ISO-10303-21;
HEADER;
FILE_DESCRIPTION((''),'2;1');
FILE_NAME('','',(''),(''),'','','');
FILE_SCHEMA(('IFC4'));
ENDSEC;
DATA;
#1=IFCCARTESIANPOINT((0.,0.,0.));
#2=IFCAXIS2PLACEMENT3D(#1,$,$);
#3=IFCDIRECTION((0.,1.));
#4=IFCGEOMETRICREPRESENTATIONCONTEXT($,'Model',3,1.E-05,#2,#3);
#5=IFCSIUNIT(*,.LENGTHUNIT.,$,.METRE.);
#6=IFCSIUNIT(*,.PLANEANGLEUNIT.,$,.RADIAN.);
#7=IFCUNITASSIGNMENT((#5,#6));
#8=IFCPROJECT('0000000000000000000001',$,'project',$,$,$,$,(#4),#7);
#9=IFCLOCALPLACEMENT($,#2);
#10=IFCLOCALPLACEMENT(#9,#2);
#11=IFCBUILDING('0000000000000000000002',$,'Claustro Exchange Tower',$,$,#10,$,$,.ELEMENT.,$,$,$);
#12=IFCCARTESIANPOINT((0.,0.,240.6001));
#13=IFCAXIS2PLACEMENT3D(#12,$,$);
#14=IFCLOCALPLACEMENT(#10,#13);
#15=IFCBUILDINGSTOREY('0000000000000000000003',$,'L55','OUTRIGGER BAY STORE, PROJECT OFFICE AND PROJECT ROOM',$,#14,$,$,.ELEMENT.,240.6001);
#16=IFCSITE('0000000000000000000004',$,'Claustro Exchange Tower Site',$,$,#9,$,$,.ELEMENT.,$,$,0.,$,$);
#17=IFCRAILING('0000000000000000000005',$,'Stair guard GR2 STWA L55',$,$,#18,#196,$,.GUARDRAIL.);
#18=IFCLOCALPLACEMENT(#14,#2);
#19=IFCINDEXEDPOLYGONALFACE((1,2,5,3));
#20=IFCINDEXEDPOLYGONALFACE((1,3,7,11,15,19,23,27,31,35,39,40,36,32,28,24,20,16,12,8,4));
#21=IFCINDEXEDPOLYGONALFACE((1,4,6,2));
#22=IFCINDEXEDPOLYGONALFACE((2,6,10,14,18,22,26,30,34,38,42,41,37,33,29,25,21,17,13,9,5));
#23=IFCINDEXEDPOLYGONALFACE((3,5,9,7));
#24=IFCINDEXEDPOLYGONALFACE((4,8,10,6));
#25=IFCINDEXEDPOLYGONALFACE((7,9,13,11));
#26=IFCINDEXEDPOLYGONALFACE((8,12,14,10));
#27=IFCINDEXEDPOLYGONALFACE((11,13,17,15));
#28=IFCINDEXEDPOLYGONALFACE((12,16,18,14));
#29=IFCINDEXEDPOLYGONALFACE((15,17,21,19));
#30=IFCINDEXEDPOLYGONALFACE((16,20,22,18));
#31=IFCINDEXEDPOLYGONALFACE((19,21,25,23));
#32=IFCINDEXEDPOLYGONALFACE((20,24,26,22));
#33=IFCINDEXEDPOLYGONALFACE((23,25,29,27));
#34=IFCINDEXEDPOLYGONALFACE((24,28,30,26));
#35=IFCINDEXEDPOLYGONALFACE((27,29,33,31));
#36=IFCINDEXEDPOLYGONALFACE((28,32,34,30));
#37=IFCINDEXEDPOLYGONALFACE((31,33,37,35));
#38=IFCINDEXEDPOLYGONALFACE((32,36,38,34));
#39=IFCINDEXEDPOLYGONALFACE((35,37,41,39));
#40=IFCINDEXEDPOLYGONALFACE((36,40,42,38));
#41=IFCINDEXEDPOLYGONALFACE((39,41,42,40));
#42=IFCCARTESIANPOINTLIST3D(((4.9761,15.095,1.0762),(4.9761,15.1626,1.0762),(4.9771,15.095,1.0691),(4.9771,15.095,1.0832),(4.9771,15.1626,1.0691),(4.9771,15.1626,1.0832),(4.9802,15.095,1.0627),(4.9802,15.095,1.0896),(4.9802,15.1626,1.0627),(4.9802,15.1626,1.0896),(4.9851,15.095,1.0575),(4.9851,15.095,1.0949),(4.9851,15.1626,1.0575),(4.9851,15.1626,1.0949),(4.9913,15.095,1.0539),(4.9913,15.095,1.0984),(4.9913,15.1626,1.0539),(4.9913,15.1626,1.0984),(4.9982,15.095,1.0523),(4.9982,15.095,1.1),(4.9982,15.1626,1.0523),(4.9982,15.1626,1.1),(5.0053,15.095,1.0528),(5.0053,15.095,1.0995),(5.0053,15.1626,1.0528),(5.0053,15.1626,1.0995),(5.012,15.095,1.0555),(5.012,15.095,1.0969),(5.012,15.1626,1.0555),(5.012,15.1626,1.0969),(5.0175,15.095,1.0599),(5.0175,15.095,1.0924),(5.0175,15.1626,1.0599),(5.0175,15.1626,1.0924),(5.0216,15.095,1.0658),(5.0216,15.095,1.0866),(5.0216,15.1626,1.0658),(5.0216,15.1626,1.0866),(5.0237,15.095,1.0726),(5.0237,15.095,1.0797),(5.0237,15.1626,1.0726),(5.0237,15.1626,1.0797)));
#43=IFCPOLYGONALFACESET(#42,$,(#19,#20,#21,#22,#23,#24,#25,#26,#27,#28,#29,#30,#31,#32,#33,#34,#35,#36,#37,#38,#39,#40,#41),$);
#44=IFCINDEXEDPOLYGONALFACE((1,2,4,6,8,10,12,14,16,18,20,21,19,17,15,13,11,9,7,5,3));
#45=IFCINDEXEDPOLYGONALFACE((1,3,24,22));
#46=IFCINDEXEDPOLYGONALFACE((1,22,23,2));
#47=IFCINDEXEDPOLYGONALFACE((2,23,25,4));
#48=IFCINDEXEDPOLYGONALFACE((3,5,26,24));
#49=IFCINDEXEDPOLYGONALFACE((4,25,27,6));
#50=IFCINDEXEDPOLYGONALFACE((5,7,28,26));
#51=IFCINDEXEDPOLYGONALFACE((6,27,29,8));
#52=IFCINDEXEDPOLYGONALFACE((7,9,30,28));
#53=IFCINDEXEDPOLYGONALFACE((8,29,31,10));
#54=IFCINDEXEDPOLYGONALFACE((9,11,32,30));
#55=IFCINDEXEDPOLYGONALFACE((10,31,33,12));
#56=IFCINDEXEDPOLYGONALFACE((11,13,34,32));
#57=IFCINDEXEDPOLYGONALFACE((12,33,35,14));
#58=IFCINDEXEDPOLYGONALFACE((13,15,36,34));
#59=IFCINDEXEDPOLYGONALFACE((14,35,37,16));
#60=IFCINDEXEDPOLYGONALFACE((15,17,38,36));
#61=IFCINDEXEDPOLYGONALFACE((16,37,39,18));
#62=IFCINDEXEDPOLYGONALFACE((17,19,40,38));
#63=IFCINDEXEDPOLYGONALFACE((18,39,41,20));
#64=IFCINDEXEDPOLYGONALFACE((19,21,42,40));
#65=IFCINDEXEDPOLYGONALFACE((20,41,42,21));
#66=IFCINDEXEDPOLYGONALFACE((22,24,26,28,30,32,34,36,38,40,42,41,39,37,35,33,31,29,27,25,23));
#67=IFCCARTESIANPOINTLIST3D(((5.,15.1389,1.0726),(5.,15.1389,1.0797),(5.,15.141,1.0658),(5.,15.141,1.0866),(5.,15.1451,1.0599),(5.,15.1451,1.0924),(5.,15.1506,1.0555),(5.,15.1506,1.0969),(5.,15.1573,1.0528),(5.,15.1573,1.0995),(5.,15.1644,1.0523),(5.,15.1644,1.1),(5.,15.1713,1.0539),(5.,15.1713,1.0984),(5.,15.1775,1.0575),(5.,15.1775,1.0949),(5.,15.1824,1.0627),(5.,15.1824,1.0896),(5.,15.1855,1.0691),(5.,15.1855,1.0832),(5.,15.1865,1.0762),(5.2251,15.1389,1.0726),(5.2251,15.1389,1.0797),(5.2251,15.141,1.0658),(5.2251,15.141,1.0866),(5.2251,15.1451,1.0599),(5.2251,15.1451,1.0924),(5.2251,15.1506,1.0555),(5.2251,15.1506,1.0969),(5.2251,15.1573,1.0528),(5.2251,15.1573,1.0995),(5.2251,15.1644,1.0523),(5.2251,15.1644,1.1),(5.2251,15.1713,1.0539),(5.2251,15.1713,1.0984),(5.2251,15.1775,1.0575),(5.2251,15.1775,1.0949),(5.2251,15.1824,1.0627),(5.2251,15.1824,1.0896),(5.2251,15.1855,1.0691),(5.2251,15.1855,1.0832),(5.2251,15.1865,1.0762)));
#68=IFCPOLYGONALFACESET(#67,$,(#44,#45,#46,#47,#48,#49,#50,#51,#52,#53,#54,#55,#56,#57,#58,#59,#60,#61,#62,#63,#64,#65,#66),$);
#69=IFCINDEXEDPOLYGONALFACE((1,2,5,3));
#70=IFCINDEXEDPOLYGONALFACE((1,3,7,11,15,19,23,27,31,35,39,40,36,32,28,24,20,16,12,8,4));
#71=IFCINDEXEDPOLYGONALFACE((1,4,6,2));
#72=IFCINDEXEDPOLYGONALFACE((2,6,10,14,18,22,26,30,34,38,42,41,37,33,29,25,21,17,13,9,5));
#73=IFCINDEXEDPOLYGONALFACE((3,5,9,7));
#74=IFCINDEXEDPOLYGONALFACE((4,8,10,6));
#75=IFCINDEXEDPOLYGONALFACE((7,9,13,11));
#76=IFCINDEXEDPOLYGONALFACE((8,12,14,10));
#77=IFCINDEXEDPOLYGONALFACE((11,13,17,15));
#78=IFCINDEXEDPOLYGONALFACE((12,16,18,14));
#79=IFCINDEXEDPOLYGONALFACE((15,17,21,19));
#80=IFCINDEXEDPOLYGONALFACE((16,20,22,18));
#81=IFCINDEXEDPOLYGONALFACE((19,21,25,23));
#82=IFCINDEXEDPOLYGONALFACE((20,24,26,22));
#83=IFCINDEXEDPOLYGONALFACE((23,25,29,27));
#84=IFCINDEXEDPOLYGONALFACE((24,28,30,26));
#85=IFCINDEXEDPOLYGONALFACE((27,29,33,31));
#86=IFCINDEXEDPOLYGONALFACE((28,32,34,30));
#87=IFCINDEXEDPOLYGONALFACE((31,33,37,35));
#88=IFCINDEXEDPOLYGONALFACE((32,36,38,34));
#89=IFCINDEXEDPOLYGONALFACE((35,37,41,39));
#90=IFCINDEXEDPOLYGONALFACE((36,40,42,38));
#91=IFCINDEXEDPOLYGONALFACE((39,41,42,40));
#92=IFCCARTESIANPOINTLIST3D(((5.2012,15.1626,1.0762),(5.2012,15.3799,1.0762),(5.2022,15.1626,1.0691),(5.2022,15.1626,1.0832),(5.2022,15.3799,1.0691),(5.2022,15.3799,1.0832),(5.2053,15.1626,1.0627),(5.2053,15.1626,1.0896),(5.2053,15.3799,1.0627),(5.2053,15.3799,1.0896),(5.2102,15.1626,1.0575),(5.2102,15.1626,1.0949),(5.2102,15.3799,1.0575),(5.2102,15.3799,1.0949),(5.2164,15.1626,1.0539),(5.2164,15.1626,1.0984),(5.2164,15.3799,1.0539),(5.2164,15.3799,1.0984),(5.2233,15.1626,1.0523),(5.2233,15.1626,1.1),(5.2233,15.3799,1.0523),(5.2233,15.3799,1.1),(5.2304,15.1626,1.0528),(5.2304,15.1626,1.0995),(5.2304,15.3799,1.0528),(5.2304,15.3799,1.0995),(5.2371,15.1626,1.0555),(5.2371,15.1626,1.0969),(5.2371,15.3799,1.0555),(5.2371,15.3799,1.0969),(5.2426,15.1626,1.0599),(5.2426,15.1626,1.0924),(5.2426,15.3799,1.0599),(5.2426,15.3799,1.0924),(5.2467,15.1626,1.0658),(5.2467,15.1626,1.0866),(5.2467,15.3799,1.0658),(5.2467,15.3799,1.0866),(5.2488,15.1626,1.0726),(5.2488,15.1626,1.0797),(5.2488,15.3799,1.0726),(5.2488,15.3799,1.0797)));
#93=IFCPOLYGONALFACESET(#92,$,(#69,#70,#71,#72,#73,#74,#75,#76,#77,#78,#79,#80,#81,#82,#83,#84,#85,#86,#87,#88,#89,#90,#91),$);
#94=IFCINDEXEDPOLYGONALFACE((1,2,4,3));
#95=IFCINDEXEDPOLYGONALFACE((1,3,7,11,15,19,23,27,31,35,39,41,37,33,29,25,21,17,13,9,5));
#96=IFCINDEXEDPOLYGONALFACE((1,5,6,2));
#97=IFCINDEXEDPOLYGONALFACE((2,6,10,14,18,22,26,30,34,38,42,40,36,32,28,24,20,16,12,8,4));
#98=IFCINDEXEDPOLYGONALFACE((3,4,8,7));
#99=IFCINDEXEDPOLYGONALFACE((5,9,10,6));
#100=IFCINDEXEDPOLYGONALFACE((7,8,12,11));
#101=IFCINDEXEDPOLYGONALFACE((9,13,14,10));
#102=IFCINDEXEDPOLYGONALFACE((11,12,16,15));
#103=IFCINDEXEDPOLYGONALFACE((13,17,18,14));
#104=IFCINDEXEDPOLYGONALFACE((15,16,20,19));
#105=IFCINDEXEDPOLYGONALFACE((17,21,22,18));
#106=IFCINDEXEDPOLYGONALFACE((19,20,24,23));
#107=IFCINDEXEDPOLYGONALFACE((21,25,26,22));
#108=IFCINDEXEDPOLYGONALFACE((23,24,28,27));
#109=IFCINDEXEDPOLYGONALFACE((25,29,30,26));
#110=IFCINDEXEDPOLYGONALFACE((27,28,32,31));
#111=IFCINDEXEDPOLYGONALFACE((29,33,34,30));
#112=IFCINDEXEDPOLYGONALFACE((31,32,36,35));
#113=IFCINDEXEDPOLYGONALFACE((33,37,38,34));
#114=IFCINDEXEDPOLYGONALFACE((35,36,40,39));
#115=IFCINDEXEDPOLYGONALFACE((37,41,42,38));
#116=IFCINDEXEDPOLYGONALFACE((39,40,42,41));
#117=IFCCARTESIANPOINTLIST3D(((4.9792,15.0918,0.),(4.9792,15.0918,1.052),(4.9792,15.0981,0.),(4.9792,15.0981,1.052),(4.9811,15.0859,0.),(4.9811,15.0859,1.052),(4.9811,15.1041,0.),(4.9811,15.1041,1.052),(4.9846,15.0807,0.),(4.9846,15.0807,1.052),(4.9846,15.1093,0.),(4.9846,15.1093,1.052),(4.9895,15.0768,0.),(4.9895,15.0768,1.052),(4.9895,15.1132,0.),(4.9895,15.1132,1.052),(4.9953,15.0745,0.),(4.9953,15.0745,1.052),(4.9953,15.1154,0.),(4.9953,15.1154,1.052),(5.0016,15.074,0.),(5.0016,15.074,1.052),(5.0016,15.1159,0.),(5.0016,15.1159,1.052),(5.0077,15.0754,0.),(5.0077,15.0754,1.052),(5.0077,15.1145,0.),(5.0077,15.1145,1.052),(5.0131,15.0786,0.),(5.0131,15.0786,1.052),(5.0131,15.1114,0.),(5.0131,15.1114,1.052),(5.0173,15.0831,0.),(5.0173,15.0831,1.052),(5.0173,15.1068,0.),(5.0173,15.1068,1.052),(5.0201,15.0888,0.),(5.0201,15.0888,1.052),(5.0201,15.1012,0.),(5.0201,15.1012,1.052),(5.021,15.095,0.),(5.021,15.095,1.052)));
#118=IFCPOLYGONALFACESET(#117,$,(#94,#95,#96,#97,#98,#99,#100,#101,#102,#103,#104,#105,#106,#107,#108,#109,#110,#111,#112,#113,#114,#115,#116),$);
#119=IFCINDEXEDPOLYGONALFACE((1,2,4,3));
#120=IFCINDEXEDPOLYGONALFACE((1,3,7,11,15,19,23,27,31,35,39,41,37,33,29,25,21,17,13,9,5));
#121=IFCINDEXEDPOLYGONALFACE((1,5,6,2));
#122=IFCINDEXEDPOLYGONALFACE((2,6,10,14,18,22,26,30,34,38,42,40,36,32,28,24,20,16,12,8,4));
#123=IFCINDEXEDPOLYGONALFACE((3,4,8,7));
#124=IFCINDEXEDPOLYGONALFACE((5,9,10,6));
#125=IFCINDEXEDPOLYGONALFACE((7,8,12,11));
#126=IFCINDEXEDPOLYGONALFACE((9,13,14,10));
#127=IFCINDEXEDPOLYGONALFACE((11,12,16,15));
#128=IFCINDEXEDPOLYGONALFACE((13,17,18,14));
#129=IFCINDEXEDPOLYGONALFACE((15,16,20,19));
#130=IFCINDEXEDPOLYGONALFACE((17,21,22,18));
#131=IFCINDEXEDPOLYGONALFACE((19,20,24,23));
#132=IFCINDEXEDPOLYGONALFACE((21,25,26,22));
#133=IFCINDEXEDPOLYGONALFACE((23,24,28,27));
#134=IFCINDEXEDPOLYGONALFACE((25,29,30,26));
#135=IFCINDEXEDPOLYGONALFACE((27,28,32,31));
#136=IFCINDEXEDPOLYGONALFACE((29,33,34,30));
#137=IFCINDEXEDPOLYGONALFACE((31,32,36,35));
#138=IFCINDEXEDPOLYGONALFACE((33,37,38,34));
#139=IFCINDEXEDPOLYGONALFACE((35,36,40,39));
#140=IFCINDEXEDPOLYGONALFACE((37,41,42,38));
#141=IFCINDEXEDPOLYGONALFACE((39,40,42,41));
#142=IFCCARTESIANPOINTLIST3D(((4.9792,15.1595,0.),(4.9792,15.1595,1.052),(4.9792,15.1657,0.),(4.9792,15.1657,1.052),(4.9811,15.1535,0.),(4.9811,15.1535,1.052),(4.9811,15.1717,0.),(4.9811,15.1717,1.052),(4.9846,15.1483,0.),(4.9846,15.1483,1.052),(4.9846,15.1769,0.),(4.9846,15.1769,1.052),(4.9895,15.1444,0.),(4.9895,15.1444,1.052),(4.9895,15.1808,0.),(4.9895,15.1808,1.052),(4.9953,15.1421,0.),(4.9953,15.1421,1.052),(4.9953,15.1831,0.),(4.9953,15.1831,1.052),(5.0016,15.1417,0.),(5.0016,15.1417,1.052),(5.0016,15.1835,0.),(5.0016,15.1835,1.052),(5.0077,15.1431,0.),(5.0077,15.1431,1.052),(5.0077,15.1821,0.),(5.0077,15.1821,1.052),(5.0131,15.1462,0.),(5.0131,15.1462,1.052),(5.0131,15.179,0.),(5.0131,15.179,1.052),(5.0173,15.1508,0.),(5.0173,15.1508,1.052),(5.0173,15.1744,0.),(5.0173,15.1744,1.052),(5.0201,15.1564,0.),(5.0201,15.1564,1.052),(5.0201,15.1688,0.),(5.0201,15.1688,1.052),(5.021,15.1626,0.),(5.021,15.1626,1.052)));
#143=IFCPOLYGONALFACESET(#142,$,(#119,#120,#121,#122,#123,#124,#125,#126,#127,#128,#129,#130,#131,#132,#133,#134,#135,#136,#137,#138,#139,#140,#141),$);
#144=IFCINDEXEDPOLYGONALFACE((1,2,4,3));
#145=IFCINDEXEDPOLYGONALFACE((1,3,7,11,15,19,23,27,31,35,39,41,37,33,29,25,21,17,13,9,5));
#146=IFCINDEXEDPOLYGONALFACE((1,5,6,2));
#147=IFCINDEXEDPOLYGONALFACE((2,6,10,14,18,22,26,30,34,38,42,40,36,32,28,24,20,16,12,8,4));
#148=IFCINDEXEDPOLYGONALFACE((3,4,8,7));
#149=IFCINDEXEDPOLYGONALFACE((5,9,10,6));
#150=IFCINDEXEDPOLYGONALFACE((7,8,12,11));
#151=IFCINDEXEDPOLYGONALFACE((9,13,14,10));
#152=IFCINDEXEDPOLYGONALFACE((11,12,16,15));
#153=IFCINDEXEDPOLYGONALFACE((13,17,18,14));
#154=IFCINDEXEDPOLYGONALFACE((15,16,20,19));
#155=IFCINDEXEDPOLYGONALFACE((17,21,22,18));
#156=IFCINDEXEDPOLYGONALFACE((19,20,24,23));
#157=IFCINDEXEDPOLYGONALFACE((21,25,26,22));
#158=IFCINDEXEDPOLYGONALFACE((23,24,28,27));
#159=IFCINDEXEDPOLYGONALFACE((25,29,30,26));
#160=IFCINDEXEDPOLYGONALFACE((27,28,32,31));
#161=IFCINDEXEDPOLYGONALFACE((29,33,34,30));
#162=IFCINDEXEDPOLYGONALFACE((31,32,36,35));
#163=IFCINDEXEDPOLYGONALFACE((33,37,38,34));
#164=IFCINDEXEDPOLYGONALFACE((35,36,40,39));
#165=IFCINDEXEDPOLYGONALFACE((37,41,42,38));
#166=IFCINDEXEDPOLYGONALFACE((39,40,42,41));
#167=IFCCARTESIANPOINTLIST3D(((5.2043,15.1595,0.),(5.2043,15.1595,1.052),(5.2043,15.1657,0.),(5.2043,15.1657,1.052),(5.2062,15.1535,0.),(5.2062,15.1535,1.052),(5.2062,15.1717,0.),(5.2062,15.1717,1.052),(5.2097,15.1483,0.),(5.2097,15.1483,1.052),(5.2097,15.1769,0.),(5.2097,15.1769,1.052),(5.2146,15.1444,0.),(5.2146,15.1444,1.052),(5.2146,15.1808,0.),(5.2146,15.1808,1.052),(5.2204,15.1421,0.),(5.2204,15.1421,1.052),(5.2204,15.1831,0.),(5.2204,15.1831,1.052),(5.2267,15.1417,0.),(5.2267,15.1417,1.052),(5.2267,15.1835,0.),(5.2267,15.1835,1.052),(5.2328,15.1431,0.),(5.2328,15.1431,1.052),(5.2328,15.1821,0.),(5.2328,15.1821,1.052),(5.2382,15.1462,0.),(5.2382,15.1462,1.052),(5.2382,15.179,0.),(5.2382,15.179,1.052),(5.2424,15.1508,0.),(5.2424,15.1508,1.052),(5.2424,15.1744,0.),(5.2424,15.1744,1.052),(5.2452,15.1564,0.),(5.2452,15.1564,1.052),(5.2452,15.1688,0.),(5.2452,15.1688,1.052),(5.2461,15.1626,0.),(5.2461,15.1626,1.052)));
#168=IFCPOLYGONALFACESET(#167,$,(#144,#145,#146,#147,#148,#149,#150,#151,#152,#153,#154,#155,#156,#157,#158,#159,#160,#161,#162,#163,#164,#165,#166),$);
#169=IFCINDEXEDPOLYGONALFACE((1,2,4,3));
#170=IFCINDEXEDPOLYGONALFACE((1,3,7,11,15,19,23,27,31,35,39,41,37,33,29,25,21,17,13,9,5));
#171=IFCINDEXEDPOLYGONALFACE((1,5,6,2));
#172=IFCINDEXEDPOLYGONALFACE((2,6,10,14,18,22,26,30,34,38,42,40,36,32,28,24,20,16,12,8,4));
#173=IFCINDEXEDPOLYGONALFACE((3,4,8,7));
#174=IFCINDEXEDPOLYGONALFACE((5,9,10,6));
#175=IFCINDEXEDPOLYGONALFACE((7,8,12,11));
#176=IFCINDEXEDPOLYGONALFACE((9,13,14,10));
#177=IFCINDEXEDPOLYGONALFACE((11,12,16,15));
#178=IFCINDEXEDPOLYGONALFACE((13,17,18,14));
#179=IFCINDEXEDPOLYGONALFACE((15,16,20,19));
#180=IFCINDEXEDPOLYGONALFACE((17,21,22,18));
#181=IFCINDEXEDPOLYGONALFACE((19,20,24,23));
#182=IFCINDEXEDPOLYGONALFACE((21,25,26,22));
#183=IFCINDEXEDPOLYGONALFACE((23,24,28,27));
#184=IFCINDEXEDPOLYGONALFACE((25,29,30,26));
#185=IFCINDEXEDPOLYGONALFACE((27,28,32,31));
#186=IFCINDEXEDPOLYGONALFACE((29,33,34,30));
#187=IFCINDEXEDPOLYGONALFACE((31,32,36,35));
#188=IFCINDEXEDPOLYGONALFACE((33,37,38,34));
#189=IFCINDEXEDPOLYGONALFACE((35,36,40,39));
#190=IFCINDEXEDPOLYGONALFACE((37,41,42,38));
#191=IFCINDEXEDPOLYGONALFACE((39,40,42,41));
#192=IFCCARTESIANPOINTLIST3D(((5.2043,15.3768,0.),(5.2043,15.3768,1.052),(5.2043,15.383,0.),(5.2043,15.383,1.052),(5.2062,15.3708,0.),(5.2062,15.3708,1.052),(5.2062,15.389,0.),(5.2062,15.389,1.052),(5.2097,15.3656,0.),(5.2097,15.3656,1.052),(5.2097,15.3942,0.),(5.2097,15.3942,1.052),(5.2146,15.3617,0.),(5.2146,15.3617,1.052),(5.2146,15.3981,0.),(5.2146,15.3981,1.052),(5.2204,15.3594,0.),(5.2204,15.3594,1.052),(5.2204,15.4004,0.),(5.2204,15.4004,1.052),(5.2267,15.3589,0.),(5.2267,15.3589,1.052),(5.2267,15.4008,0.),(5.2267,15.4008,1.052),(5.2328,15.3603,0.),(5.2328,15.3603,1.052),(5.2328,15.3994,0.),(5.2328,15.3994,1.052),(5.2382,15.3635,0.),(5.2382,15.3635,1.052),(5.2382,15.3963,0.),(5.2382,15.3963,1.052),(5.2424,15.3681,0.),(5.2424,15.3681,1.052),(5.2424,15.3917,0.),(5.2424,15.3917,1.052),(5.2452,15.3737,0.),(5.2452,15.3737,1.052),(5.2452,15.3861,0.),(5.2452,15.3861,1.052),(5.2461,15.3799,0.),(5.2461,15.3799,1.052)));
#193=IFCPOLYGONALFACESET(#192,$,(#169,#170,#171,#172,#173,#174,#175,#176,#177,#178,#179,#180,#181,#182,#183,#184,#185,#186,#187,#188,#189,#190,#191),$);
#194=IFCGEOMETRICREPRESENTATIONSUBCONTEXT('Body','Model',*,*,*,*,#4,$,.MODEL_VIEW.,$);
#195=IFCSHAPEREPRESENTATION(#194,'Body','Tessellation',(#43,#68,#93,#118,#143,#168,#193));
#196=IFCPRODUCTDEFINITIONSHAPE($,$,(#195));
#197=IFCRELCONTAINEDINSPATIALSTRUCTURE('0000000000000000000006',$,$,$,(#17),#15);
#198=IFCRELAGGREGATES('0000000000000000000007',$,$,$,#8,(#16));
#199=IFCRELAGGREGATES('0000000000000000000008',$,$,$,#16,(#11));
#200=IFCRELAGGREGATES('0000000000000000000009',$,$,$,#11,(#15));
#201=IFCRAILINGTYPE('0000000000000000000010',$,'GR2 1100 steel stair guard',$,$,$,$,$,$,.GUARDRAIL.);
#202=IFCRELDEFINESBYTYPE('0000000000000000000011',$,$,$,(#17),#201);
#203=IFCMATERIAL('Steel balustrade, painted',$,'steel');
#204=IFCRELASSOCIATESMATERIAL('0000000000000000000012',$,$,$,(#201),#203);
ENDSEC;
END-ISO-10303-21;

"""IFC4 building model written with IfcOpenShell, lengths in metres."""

from ifc_helpers import new_model, si_unit, direction, frame, origin, origin_2d, place, context, subcontext, project, spatial, circle, extrude, material, type_object, element, save


model = new_model("IFC4")

# Units and contexts
model_context = context("Model", 3, precision=1e-05, world=origin(), true_north=direction((0.0, 1.0)))
body_context = subcontext(model_context, "Body", "Model", "MODEL_VIEW")
ifc_project = project(units=[si_unit("LENGTHUNIT", "METRE"), si_unit("PLANEANGLEUNIT", "RADIAN")], contexts=[model_context])

# Site, building, storey
site_placement = place(None, origin())
site = spatial("IfcSite", under=ifc_project, at=site_placement, Name="Claustro Exchange Tower Site", CompositionType="ELEMENT", RefElevation=0.0)
building_placement = place(site_placement, origin())
building = spatial("IfcBuilding", under=site, at=building_placement, Name="Claustro Exchange Tower", CompositionType="ELEMENT")
storey_placement = place(building_placement, frame((0.0, 0.0, 240.6001)))
storey = spatial("IfcBuildingStorey", under=building, at=storey_placement, Name="L55", Description="OUTRIGGER BAY STORE, PROJECT OFFICE AND PROJECT ROOM", CompositionType="ELEMENT", Elevation=240.6001)

# Railing
ifc_material_1 = material(Name="Steel balustrade, painted", Category="steel")
railing_type_1 = type_object("IfcRailingType", Name="GR2 1100 steel stair guard", PredefinedType="GUARDRAIL", material=ifc_material_1)
railing_1_placement = place(storey_placement, frame((5.0, 15.095, 0.0)))
element("IfcRailing", 1, at=railing_1_placement, inside=storey, type_object=railing_type_1, Name="Stair guard GR2 STWA L55", PredefinedType="GUARDRAIL", context=body_context, shape_type="SweptSolid", body=[
    extrude(circle(Radius=0.0239, at=origin_2d()), frame((0.0, 0.0, 1.0762), z_axis=(0.0, 1.0, 0.0), x_axis=(-1.0, 0.0, 0.0)), (0.0, 0.0, 1.0), 0.0676),
    extrude(circle(Radius=0.0239, at=origin_2d()), frame((0.0, 0.0676, 1.0762), z_axis=(1.0, 0.0, 0.0), x_axis=(0.0, 1.0, 0.0)), (0.0, 0.0, 1.0), 0.2251),
    extrude(circle(Radius=0.0239, at=origin_2d()), frame((0.2251, 0.0676, 1.0762), z_axis=(0.0, 1.0, 0.0), x_axis=(-1.0, 0.0, 0.0)), (0.0, 0.0, 1.0), 0.2173),
    extrude(circle(Radius=0.021, at=origin_2d()), origin(), (0.0, 0.0, 1.0), 1.052),
    extrude(circle(Radius=0.021, at=origin_2d()), frame((0.0, 0.0676, 0.0)), (0.0, 0.0, 1.0), 1.052),
    extrude(circle(Radius=0.021, at=origin_2d()), frame((0.2251, 0.0676, 0.0)), (0.0, 0.0, 1.0), 1.052),
    extrude(circle(Radius=0.021, at=origin_2d()), frame((0.2251, 0.2849, 0.0)), (0.0, 0.0, 1.0), 1.052),
])

save(model, "model.ifc")
